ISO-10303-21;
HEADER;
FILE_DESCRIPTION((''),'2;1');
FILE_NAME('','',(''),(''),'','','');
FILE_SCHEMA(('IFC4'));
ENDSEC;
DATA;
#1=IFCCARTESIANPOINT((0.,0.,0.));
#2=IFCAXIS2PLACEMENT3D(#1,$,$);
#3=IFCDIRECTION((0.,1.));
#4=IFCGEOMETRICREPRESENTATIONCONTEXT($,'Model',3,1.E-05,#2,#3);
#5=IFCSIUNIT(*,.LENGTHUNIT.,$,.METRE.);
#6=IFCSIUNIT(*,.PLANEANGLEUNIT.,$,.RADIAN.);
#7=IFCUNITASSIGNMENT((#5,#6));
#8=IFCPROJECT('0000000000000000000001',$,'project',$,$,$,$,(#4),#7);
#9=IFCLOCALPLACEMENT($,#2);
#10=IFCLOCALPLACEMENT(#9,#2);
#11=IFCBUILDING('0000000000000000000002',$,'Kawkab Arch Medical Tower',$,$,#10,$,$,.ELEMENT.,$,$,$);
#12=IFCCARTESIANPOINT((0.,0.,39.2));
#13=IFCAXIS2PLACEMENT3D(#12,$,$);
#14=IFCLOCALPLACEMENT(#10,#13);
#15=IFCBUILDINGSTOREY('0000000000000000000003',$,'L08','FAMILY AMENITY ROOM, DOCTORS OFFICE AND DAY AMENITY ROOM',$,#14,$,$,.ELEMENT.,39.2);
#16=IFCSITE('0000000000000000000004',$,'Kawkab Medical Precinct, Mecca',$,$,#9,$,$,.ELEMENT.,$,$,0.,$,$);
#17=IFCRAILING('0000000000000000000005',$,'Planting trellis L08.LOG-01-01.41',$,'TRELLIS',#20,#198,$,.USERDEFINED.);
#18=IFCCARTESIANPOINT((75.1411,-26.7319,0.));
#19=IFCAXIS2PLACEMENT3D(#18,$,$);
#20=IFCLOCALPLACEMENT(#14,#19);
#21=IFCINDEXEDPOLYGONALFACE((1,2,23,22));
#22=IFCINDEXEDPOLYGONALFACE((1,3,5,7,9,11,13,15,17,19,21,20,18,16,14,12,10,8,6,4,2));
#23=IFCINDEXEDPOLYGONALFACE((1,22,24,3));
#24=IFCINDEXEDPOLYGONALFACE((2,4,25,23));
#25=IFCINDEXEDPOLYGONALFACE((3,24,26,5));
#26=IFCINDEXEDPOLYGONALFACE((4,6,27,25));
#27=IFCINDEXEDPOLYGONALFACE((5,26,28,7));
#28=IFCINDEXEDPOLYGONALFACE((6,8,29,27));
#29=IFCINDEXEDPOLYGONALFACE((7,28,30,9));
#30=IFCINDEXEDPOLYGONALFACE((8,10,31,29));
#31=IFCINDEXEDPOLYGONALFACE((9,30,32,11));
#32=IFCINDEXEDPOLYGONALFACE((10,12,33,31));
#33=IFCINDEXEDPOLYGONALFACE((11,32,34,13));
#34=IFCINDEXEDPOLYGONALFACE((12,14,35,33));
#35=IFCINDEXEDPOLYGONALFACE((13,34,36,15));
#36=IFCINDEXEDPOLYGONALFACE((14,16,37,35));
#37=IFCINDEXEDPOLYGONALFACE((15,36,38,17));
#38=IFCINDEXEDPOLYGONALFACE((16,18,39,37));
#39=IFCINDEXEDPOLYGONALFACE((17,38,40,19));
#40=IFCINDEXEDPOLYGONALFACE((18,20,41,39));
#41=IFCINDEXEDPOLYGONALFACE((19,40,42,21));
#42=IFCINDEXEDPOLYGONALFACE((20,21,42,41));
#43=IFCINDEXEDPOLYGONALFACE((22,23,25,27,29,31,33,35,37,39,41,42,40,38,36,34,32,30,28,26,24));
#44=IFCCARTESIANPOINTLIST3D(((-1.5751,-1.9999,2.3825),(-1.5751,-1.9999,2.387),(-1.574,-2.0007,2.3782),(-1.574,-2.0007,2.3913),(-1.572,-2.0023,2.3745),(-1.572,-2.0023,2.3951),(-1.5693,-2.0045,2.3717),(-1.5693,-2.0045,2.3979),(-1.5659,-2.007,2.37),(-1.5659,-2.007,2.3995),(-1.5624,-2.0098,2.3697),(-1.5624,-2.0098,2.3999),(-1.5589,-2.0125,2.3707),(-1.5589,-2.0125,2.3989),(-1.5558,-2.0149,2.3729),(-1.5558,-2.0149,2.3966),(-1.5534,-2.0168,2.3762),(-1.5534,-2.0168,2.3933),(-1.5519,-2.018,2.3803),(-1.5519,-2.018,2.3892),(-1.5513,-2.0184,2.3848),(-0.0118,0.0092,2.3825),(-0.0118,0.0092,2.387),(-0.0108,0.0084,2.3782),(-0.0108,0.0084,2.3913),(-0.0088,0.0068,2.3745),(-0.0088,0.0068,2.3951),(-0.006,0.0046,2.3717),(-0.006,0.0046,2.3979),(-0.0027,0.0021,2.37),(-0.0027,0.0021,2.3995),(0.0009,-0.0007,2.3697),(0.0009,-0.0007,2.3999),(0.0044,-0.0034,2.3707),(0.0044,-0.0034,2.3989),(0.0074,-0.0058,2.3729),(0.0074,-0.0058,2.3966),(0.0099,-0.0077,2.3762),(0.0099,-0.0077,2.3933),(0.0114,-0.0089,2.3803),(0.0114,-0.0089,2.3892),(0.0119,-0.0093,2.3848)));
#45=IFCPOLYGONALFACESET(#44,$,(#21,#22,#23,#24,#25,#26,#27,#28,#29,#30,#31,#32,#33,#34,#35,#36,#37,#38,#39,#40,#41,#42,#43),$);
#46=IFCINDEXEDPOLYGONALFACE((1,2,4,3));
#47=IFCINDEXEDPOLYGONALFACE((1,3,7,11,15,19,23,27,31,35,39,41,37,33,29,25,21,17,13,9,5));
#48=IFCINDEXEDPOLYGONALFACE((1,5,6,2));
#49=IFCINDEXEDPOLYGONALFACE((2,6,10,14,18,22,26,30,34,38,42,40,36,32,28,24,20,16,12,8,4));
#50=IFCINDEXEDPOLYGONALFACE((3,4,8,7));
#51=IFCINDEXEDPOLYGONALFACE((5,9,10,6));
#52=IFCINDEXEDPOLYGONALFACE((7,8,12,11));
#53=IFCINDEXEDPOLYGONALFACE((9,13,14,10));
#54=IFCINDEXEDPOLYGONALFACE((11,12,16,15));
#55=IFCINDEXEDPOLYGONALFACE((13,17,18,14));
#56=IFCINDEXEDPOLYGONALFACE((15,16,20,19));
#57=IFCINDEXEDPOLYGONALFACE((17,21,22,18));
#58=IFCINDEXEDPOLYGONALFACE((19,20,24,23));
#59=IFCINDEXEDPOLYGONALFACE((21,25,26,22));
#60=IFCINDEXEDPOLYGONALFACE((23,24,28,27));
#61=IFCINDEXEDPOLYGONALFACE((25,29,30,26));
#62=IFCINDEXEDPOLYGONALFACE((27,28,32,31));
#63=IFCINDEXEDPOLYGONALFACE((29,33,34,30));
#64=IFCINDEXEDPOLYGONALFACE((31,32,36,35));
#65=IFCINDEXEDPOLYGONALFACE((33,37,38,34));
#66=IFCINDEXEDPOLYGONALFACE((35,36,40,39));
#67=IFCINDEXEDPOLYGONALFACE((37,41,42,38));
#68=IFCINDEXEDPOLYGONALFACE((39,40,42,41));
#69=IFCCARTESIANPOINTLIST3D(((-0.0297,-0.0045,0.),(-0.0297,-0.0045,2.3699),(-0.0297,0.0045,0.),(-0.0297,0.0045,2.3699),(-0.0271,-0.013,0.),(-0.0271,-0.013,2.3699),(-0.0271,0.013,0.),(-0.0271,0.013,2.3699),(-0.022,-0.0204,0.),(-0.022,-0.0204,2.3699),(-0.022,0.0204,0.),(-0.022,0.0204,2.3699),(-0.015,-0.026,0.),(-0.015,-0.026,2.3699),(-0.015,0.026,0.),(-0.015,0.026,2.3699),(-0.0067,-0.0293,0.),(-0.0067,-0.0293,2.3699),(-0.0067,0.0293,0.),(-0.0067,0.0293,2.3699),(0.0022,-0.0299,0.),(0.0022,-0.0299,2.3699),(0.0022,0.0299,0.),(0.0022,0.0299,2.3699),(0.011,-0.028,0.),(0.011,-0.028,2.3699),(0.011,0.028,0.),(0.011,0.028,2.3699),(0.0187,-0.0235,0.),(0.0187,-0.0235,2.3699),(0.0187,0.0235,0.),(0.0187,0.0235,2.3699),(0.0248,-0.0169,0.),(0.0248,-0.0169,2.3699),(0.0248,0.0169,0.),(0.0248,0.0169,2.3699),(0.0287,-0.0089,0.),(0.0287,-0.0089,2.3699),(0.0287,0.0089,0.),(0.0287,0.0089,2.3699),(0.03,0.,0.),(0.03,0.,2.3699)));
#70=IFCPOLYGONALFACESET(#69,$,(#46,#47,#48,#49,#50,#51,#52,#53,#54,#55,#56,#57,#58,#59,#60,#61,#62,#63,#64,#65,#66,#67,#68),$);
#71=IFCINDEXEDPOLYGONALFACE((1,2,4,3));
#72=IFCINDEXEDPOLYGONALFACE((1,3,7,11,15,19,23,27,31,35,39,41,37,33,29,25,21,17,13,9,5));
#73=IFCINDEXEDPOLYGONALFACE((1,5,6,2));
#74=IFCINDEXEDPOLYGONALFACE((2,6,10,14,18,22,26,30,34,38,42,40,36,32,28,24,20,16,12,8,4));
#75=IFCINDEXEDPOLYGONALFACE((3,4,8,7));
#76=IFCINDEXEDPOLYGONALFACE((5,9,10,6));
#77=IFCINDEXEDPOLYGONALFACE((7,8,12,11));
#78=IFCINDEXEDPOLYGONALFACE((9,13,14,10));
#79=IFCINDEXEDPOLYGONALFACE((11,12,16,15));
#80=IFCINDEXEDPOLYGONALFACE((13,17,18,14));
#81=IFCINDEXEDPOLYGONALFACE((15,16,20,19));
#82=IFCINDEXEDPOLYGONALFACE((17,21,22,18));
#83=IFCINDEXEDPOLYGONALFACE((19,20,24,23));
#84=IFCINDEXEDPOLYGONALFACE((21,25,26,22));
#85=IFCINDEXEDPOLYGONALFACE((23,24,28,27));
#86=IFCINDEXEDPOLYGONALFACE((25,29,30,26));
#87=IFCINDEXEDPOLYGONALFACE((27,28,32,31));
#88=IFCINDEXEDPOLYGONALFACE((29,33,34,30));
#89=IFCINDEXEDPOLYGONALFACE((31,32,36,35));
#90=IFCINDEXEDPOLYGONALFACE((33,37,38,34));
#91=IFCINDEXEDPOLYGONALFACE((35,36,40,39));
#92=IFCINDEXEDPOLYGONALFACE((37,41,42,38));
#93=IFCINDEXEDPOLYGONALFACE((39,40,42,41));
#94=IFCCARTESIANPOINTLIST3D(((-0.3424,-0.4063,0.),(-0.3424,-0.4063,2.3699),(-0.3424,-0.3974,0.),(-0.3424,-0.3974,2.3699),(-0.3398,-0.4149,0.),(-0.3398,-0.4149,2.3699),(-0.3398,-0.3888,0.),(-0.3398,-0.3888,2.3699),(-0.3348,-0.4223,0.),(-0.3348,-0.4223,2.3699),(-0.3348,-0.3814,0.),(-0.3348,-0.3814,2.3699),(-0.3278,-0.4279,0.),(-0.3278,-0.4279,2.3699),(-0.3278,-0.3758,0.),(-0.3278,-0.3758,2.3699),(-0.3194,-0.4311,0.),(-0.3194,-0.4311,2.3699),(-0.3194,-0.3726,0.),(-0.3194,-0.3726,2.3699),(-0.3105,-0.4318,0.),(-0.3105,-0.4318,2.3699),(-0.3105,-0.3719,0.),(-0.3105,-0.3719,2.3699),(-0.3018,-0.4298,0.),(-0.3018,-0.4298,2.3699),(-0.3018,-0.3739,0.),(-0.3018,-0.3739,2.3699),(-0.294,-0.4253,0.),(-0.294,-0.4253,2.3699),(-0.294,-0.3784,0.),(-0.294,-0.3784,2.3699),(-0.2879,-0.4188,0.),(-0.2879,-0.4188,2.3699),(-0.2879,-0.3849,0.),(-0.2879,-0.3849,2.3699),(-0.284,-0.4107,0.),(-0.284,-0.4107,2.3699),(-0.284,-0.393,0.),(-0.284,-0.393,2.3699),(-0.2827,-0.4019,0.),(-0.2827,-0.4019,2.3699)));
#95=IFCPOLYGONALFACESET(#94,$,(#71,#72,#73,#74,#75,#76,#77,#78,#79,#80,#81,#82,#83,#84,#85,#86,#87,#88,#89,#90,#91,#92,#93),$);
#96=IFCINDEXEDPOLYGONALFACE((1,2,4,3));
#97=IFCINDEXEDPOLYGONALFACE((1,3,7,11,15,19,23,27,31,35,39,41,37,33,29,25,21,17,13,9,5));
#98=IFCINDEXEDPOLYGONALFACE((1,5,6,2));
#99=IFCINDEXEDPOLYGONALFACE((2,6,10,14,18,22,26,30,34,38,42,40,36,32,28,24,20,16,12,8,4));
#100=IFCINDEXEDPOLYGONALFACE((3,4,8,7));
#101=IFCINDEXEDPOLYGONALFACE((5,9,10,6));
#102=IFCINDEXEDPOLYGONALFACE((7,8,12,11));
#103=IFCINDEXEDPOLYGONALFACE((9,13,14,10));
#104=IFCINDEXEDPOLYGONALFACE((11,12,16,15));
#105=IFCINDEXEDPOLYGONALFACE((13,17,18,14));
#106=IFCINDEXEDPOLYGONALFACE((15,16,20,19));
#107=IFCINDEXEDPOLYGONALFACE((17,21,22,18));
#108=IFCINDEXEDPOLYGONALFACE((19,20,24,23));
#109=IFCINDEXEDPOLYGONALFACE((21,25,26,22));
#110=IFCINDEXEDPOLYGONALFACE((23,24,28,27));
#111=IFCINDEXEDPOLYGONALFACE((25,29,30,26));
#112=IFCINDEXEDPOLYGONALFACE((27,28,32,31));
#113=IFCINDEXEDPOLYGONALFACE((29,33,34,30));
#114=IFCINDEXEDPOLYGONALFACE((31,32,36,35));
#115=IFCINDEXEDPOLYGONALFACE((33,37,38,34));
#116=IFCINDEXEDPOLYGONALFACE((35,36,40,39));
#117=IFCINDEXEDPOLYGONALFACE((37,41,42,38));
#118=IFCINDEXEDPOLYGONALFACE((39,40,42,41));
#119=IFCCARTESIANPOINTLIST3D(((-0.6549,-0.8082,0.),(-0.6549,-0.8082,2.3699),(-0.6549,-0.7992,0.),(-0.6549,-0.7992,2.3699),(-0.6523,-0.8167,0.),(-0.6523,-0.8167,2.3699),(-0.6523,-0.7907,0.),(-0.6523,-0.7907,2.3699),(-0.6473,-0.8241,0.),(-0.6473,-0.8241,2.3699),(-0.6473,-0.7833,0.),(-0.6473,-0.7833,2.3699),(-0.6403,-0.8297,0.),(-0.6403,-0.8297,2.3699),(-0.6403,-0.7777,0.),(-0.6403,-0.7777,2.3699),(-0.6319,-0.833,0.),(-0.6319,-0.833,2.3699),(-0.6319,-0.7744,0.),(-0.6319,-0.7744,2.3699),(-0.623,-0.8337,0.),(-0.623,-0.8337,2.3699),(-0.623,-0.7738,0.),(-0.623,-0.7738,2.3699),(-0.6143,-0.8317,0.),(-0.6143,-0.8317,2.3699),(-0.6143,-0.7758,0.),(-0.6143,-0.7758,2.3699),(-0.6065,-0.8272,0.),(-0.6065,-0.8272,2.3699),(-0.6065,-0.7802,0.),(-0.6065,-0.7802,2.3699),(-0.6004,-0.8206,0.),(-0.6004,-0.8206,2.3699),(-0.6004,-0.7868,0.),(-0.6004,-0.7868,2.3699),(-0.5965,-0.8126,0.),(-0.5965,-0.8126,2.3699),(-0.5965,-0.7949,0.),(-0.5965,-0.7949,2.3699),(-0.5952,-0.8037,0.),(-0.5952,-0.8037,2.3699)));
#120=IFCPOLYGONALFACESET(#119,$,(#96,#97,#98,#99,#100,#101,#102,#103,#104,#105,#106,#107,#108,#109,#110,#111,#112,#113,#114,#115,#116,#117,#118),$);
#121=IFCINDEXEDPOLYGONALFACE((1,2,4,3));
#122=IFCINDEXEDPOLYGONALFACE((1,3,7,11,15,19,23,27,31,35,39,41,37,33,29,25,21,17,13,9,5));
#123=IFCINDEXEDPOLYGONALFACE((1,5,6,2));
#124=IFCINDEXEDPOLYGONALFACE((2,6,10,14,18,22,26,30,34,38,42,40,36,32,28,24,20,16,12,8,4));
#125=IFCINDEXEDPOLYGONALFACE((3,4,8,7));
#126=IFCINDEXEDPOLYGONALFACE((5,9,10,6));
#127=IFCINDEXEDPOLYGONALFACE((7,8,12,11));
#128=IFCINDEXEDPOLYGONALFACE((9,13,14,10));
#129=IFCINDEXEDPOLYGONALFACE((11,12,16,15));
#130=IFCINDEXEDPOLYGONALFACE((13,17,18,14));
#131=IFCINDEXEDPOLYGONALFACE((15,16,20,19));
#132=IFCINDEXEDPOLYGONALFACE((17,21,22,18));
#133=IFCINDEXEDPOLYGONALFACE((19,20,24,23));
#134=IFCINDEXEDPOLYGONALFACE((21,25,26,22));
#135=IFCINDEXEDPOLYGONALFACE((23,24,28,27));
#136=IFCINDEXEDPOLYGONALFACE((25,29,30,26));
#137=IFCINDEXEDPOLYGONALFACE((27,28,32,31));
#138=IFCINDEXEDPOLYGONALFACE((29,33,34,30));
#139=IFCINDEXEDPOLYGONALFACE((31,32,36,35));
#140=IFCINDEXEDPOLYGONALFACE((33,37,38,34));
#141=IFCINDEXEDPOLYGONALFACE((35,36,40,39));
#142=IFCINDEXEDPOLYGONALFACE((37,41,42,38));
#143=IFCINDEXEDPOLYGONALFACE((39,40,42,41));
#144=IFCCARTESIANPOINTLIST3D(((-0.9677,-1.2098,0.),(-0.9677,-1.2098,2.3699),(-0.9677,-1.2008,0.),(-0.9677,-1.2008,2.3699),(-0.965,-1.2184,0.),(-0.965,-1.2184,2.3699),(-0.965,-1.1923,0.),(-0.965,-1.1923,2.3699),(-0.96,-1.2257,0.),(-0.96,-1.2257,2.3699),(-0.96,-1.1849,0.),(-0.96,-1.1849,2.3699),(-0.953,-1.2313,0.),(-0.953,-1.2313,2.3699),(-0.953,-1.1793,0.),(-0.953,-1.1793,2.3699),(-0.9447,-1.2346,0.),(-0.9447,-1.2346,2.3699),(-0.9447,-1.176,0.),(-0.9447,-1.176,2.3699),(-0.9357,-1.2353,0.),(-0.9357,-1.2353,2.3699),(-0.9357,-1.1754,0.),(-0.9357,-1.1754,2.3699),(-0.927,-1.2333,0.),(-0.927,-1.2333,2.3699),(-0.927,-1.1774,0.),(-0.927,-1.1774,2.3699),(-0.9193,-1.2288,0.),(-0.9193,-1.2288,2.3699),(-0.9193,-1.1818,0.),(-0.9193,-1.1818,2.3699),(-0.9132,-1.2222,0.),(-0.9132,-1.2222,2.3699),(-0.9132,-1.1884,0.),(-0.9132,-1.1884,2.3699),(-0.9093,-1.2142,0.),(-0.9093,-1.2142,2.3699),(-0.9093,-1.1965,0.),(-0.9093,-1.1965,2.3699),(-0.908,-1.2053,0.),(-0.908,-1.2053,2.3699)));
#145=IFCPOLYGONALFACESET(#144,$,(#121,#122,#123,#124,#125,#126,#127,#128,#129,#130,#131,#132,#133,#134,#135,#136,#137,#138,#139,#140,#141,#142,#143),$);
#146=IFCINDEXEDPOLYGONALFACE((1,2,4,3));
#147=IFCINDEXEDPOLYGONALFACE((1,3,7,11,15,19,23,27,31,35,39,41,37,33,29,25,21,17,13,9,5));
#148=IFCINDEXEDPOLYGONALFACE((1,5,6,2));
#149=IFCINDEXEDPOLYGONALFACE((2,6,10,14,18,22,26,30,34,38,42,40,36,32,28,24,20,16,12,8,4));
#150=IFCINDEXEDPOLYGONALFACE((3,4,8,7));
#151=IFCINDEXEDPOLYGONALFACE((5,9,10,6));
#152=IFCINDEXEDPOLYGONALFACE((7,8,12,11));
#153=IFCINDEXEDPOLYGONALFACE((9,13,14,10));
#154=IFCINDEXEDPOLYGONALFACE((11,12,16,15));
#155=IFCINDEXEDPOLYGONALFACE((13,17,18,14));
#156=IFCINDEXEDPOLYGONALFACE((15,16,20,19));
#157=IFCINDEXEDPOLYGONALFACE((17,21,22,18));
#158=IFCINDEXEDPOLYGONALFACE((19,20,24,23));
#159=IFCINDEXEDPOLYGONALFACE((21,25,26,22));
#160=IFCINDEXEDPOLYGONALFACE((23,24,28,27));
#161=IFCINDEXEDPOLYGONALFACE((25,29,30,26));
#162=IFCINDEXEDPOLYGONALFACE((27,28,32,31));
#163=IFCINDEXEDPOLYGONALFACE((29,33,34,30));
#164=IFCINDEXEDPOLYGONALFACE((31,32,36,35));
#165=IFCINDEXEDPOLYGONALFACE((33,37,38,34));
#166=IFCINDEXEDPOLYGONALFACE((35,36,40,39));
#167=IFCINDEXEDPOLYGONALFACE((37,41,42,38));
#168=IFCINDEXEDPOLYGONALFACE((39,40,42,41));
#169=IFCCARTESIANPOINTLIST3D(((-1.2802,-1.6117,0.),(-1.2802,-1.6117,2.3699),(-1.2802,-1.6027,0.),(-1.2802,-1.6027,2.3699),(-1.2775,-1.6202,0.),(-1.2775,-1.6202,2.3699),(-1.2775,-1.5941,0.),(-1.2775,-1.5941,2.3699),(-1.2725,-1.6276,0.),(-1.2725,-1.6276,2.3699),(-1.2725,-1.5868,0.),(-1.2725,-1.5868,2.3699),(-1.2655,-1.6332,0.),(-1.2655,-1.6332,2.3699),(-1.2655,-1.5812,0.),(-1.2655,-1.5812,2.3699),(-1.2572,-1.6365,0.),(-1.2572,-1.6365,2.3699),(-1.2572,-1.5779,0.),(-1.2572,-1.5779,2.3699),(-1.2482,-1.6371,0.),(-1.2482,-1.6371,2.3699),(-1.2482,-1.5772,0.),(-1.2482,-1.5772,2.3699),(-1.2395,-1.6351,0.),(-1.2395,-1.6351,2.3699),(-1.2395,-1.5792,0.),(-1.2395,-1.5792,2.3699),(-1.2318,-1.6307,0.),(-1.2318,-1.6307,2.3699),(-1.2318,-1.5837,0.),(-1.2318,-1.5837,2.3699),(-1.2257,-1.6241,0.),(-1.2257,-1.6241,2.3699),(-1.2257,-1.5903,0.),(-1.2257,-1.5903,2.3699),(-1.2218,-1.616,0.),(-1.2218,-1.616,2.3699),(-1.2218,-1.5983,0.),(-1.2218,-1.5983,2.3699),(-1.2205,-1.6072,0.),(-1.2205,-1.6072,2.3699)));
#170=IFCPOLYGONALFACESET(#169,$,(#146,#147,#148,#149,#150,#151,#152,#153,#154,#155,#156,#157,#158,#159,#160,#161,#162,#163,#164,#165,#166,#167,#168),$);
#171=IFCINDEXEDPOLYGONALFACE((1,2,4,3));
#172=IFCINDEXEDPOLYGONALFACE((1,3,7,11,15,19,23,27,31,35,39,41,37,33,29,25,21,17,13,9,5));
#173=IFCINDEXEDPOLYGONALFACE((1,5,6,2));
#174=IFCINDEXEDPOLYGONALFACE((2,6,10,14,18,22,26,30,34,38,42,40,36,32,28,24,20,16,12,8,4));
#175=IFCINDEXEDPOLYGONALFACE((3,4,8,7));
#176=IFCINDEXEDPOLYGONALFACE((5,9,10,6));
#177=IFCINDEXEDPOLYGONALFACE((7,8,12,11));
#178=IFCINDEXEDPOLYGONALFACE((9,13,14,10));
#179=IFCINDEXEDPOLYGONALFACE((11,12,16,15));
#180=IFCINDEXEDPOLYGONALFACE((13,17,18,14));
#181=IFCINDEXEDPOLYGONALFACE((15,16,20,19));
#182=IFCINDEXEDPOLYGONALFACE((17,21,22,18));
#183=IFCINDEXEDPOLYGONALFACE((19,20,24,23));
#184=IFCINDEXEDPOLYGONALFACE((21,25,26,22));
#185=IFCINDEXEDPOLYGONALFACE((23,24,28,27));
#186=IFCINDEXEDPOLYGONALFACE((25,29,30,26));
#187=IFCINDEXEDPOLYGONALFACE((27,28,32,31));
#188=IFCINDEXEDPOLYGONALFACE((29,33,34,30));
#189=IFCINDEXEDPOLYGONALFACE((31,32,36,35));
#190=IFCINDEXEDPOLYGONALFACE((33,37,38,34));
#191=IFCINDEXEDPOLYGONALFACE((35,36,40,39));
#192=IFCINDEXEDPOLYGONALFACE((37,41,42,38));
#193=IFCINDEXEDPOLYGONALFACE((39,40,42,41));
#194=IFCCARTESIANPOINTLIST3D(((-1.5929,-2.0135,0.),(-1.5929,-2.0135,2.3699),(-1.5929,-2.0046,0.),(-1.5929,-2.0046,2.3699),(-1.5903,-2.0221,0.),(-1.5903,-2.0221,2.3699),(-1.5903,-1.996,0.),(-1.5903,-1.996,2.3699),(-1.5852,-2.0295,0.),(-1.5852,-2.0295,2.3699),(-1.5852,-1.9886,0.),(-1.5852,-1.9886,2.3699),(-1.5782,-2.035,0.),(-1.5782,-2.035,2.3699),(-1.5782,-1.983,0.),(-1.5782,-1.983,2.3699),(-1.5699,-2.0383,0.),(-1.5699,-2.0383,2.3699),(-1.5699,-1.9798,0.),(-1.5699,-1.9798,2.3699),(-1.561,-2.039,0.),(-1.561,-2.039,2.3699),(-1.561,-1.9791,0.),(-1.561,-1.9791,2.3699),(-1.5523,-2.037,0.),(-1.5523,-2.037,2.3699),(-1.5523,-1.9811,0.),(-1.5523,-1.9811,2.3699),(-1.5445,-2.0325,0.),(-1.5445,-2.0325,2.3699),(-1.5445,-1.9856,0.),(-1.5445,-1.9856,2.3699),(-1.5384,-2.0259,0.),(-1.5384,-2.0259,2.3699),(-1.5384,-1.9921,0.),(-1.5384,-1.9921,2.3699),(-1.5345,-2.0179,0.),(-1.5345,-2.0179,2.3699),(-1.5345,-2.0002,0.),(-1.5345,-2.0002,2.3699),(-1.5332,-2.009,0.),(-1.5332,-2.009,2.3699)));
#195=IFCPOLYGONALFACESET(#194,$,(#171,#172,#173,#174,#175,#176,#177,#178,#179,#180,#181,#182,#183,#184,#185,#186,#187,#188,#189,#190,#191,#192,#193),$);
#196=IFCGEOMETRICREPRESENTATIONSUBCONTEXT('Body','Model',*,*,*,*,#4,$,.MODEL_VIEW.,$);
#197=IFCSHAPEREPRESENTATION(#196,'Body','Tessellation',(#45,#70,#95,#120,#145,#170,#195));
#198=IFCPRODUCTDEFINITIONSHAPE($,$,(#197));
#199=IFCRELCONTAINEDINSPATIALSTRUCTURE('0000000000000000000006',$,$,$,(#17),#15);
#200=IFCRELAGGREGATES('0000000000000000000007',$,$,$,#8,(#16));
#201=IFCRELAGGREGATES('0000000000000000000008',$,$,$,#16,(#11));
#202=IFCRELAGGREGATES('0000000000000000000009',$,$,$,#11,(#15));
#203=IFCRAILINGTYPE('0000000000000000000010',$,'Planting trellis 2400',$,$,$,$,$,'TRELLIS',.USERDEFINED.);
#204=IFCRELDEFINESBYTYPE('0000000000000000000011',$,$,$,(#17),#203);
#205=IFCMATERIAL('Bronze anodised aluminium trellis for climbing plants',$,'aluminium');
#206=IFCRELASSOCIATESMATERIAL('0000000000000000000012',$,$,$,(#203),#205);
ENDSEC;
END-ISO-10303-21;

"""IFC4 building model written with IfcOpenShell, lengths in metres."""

from ifc_helpers import new_model, si_unit, direction, frame, origin, origin_2d, place, context, subcontext, project, spatial, circle, extrude, material, type_object, element, save


model = new_model("IFC4")

# Units and contexts
model_context = context("Model", 3, precision=1e-05, world=origin(), true_north=direction((0.0, 1.0)))
body_context = subcontext(model_context, "Body", "Model", "MODEL_VIEW")
ifc_project = project(units=[si_unit("LENGTHUNIT", "METRE"), si_unit("PLANEANGLEUNIT", "RADIAN")], contexts=[model_context])

# Site, building, storey
site_placement = place(None, origin())
site = spatial("IfcSite", under=ifc_project, at=site_placement, Name="Kawkab Medical Precinct, Mecca", CompositionType="ELEMENT", RefElevation=0.0)
building_placement = place(site_placement, origin())
building = spatial("IfcBuilding", under=site, at=building_placement, Name="Kawkab Arch Medical Tower", CompositionType="ELEMENT")
storey_placement = place(building_placement, frame((0.0, 0.0, 39.2)))
storey = spatial("IfcBuildingStorey", under=building, at=storey_placement, Name="L08", Description="FAMILY AMENITY ROOM, DOCTORS OFFICE AND DAY AMENITY ROOM", CompositionType="ELEMENT", Elevation=39.2)

# Railing
ifc_material_1 = material(Name="Bronze anodised aluminium trellis for climbing plants", Category="aluminium")
railing_type = type_object("IfcRailingType", Name="Planting trellis 2400", ElementType="TRELLIS", PredefinedType="USERDEFINED", material=ifc_material_1)
railing_1_placement = place(storey_placement, frame((75.1411, -26.7319, 0.0)))
element("IfcRailing", 1, at=railing_1_placement, inside=storey, type_object=railing_type, Name="Planting trellis L08.LOG-01-01.41", ObjectType="TRELLIS", PredefinedType="USERDEFINED", context=body_context, shape_type="SweptSolid", body=[
    extrude(circle(Radius=0.0151, at=origin_2d()), frame((0.0, 0.0, 2.3848), z_axis=(-0.6141, -0.789228, 0.0), x_axis=(0.789228, -0.6141, 0.0)), (0.0, 0.0, 1.0), 2.5457),
    extrude(circle(Radius=0.03, at=origin_2d()), origin(), (0.0, 0.0, 1.0), 2.3699),
    extrude(circle(Radius=0.03, at=origin_2d()), frame((-0.3127, -0.4019, 0.0)), (0.0, 0.0, 1.0), 2.3699),
    extrude(circle(Radius=0.03, at=origin_2d()), frame((-0.6252, -0.8037, 0.0)), (0.0, 0.0, 1.0), 2.3699),
    extrude(circle(Radius=0.03, at=origin_2d()), frame((-0.938, -1.2053, 0.0)), (0.0, 0.0, 1.0), 2.3699),
    extrude(circle(Radius=0.03, at=origin_2d()), frame((-1.2505, -1.6072, 0.0)), (0.0, 0.0, 1.0), 2.3699),
    extrude(circle(Radius=0.03, at=origin_2d()), frame((-1.5632, -2.009, 0.0)), (0.0, 0.0, 1.0), 2.3699),
])

save(model, "model.ifc")
